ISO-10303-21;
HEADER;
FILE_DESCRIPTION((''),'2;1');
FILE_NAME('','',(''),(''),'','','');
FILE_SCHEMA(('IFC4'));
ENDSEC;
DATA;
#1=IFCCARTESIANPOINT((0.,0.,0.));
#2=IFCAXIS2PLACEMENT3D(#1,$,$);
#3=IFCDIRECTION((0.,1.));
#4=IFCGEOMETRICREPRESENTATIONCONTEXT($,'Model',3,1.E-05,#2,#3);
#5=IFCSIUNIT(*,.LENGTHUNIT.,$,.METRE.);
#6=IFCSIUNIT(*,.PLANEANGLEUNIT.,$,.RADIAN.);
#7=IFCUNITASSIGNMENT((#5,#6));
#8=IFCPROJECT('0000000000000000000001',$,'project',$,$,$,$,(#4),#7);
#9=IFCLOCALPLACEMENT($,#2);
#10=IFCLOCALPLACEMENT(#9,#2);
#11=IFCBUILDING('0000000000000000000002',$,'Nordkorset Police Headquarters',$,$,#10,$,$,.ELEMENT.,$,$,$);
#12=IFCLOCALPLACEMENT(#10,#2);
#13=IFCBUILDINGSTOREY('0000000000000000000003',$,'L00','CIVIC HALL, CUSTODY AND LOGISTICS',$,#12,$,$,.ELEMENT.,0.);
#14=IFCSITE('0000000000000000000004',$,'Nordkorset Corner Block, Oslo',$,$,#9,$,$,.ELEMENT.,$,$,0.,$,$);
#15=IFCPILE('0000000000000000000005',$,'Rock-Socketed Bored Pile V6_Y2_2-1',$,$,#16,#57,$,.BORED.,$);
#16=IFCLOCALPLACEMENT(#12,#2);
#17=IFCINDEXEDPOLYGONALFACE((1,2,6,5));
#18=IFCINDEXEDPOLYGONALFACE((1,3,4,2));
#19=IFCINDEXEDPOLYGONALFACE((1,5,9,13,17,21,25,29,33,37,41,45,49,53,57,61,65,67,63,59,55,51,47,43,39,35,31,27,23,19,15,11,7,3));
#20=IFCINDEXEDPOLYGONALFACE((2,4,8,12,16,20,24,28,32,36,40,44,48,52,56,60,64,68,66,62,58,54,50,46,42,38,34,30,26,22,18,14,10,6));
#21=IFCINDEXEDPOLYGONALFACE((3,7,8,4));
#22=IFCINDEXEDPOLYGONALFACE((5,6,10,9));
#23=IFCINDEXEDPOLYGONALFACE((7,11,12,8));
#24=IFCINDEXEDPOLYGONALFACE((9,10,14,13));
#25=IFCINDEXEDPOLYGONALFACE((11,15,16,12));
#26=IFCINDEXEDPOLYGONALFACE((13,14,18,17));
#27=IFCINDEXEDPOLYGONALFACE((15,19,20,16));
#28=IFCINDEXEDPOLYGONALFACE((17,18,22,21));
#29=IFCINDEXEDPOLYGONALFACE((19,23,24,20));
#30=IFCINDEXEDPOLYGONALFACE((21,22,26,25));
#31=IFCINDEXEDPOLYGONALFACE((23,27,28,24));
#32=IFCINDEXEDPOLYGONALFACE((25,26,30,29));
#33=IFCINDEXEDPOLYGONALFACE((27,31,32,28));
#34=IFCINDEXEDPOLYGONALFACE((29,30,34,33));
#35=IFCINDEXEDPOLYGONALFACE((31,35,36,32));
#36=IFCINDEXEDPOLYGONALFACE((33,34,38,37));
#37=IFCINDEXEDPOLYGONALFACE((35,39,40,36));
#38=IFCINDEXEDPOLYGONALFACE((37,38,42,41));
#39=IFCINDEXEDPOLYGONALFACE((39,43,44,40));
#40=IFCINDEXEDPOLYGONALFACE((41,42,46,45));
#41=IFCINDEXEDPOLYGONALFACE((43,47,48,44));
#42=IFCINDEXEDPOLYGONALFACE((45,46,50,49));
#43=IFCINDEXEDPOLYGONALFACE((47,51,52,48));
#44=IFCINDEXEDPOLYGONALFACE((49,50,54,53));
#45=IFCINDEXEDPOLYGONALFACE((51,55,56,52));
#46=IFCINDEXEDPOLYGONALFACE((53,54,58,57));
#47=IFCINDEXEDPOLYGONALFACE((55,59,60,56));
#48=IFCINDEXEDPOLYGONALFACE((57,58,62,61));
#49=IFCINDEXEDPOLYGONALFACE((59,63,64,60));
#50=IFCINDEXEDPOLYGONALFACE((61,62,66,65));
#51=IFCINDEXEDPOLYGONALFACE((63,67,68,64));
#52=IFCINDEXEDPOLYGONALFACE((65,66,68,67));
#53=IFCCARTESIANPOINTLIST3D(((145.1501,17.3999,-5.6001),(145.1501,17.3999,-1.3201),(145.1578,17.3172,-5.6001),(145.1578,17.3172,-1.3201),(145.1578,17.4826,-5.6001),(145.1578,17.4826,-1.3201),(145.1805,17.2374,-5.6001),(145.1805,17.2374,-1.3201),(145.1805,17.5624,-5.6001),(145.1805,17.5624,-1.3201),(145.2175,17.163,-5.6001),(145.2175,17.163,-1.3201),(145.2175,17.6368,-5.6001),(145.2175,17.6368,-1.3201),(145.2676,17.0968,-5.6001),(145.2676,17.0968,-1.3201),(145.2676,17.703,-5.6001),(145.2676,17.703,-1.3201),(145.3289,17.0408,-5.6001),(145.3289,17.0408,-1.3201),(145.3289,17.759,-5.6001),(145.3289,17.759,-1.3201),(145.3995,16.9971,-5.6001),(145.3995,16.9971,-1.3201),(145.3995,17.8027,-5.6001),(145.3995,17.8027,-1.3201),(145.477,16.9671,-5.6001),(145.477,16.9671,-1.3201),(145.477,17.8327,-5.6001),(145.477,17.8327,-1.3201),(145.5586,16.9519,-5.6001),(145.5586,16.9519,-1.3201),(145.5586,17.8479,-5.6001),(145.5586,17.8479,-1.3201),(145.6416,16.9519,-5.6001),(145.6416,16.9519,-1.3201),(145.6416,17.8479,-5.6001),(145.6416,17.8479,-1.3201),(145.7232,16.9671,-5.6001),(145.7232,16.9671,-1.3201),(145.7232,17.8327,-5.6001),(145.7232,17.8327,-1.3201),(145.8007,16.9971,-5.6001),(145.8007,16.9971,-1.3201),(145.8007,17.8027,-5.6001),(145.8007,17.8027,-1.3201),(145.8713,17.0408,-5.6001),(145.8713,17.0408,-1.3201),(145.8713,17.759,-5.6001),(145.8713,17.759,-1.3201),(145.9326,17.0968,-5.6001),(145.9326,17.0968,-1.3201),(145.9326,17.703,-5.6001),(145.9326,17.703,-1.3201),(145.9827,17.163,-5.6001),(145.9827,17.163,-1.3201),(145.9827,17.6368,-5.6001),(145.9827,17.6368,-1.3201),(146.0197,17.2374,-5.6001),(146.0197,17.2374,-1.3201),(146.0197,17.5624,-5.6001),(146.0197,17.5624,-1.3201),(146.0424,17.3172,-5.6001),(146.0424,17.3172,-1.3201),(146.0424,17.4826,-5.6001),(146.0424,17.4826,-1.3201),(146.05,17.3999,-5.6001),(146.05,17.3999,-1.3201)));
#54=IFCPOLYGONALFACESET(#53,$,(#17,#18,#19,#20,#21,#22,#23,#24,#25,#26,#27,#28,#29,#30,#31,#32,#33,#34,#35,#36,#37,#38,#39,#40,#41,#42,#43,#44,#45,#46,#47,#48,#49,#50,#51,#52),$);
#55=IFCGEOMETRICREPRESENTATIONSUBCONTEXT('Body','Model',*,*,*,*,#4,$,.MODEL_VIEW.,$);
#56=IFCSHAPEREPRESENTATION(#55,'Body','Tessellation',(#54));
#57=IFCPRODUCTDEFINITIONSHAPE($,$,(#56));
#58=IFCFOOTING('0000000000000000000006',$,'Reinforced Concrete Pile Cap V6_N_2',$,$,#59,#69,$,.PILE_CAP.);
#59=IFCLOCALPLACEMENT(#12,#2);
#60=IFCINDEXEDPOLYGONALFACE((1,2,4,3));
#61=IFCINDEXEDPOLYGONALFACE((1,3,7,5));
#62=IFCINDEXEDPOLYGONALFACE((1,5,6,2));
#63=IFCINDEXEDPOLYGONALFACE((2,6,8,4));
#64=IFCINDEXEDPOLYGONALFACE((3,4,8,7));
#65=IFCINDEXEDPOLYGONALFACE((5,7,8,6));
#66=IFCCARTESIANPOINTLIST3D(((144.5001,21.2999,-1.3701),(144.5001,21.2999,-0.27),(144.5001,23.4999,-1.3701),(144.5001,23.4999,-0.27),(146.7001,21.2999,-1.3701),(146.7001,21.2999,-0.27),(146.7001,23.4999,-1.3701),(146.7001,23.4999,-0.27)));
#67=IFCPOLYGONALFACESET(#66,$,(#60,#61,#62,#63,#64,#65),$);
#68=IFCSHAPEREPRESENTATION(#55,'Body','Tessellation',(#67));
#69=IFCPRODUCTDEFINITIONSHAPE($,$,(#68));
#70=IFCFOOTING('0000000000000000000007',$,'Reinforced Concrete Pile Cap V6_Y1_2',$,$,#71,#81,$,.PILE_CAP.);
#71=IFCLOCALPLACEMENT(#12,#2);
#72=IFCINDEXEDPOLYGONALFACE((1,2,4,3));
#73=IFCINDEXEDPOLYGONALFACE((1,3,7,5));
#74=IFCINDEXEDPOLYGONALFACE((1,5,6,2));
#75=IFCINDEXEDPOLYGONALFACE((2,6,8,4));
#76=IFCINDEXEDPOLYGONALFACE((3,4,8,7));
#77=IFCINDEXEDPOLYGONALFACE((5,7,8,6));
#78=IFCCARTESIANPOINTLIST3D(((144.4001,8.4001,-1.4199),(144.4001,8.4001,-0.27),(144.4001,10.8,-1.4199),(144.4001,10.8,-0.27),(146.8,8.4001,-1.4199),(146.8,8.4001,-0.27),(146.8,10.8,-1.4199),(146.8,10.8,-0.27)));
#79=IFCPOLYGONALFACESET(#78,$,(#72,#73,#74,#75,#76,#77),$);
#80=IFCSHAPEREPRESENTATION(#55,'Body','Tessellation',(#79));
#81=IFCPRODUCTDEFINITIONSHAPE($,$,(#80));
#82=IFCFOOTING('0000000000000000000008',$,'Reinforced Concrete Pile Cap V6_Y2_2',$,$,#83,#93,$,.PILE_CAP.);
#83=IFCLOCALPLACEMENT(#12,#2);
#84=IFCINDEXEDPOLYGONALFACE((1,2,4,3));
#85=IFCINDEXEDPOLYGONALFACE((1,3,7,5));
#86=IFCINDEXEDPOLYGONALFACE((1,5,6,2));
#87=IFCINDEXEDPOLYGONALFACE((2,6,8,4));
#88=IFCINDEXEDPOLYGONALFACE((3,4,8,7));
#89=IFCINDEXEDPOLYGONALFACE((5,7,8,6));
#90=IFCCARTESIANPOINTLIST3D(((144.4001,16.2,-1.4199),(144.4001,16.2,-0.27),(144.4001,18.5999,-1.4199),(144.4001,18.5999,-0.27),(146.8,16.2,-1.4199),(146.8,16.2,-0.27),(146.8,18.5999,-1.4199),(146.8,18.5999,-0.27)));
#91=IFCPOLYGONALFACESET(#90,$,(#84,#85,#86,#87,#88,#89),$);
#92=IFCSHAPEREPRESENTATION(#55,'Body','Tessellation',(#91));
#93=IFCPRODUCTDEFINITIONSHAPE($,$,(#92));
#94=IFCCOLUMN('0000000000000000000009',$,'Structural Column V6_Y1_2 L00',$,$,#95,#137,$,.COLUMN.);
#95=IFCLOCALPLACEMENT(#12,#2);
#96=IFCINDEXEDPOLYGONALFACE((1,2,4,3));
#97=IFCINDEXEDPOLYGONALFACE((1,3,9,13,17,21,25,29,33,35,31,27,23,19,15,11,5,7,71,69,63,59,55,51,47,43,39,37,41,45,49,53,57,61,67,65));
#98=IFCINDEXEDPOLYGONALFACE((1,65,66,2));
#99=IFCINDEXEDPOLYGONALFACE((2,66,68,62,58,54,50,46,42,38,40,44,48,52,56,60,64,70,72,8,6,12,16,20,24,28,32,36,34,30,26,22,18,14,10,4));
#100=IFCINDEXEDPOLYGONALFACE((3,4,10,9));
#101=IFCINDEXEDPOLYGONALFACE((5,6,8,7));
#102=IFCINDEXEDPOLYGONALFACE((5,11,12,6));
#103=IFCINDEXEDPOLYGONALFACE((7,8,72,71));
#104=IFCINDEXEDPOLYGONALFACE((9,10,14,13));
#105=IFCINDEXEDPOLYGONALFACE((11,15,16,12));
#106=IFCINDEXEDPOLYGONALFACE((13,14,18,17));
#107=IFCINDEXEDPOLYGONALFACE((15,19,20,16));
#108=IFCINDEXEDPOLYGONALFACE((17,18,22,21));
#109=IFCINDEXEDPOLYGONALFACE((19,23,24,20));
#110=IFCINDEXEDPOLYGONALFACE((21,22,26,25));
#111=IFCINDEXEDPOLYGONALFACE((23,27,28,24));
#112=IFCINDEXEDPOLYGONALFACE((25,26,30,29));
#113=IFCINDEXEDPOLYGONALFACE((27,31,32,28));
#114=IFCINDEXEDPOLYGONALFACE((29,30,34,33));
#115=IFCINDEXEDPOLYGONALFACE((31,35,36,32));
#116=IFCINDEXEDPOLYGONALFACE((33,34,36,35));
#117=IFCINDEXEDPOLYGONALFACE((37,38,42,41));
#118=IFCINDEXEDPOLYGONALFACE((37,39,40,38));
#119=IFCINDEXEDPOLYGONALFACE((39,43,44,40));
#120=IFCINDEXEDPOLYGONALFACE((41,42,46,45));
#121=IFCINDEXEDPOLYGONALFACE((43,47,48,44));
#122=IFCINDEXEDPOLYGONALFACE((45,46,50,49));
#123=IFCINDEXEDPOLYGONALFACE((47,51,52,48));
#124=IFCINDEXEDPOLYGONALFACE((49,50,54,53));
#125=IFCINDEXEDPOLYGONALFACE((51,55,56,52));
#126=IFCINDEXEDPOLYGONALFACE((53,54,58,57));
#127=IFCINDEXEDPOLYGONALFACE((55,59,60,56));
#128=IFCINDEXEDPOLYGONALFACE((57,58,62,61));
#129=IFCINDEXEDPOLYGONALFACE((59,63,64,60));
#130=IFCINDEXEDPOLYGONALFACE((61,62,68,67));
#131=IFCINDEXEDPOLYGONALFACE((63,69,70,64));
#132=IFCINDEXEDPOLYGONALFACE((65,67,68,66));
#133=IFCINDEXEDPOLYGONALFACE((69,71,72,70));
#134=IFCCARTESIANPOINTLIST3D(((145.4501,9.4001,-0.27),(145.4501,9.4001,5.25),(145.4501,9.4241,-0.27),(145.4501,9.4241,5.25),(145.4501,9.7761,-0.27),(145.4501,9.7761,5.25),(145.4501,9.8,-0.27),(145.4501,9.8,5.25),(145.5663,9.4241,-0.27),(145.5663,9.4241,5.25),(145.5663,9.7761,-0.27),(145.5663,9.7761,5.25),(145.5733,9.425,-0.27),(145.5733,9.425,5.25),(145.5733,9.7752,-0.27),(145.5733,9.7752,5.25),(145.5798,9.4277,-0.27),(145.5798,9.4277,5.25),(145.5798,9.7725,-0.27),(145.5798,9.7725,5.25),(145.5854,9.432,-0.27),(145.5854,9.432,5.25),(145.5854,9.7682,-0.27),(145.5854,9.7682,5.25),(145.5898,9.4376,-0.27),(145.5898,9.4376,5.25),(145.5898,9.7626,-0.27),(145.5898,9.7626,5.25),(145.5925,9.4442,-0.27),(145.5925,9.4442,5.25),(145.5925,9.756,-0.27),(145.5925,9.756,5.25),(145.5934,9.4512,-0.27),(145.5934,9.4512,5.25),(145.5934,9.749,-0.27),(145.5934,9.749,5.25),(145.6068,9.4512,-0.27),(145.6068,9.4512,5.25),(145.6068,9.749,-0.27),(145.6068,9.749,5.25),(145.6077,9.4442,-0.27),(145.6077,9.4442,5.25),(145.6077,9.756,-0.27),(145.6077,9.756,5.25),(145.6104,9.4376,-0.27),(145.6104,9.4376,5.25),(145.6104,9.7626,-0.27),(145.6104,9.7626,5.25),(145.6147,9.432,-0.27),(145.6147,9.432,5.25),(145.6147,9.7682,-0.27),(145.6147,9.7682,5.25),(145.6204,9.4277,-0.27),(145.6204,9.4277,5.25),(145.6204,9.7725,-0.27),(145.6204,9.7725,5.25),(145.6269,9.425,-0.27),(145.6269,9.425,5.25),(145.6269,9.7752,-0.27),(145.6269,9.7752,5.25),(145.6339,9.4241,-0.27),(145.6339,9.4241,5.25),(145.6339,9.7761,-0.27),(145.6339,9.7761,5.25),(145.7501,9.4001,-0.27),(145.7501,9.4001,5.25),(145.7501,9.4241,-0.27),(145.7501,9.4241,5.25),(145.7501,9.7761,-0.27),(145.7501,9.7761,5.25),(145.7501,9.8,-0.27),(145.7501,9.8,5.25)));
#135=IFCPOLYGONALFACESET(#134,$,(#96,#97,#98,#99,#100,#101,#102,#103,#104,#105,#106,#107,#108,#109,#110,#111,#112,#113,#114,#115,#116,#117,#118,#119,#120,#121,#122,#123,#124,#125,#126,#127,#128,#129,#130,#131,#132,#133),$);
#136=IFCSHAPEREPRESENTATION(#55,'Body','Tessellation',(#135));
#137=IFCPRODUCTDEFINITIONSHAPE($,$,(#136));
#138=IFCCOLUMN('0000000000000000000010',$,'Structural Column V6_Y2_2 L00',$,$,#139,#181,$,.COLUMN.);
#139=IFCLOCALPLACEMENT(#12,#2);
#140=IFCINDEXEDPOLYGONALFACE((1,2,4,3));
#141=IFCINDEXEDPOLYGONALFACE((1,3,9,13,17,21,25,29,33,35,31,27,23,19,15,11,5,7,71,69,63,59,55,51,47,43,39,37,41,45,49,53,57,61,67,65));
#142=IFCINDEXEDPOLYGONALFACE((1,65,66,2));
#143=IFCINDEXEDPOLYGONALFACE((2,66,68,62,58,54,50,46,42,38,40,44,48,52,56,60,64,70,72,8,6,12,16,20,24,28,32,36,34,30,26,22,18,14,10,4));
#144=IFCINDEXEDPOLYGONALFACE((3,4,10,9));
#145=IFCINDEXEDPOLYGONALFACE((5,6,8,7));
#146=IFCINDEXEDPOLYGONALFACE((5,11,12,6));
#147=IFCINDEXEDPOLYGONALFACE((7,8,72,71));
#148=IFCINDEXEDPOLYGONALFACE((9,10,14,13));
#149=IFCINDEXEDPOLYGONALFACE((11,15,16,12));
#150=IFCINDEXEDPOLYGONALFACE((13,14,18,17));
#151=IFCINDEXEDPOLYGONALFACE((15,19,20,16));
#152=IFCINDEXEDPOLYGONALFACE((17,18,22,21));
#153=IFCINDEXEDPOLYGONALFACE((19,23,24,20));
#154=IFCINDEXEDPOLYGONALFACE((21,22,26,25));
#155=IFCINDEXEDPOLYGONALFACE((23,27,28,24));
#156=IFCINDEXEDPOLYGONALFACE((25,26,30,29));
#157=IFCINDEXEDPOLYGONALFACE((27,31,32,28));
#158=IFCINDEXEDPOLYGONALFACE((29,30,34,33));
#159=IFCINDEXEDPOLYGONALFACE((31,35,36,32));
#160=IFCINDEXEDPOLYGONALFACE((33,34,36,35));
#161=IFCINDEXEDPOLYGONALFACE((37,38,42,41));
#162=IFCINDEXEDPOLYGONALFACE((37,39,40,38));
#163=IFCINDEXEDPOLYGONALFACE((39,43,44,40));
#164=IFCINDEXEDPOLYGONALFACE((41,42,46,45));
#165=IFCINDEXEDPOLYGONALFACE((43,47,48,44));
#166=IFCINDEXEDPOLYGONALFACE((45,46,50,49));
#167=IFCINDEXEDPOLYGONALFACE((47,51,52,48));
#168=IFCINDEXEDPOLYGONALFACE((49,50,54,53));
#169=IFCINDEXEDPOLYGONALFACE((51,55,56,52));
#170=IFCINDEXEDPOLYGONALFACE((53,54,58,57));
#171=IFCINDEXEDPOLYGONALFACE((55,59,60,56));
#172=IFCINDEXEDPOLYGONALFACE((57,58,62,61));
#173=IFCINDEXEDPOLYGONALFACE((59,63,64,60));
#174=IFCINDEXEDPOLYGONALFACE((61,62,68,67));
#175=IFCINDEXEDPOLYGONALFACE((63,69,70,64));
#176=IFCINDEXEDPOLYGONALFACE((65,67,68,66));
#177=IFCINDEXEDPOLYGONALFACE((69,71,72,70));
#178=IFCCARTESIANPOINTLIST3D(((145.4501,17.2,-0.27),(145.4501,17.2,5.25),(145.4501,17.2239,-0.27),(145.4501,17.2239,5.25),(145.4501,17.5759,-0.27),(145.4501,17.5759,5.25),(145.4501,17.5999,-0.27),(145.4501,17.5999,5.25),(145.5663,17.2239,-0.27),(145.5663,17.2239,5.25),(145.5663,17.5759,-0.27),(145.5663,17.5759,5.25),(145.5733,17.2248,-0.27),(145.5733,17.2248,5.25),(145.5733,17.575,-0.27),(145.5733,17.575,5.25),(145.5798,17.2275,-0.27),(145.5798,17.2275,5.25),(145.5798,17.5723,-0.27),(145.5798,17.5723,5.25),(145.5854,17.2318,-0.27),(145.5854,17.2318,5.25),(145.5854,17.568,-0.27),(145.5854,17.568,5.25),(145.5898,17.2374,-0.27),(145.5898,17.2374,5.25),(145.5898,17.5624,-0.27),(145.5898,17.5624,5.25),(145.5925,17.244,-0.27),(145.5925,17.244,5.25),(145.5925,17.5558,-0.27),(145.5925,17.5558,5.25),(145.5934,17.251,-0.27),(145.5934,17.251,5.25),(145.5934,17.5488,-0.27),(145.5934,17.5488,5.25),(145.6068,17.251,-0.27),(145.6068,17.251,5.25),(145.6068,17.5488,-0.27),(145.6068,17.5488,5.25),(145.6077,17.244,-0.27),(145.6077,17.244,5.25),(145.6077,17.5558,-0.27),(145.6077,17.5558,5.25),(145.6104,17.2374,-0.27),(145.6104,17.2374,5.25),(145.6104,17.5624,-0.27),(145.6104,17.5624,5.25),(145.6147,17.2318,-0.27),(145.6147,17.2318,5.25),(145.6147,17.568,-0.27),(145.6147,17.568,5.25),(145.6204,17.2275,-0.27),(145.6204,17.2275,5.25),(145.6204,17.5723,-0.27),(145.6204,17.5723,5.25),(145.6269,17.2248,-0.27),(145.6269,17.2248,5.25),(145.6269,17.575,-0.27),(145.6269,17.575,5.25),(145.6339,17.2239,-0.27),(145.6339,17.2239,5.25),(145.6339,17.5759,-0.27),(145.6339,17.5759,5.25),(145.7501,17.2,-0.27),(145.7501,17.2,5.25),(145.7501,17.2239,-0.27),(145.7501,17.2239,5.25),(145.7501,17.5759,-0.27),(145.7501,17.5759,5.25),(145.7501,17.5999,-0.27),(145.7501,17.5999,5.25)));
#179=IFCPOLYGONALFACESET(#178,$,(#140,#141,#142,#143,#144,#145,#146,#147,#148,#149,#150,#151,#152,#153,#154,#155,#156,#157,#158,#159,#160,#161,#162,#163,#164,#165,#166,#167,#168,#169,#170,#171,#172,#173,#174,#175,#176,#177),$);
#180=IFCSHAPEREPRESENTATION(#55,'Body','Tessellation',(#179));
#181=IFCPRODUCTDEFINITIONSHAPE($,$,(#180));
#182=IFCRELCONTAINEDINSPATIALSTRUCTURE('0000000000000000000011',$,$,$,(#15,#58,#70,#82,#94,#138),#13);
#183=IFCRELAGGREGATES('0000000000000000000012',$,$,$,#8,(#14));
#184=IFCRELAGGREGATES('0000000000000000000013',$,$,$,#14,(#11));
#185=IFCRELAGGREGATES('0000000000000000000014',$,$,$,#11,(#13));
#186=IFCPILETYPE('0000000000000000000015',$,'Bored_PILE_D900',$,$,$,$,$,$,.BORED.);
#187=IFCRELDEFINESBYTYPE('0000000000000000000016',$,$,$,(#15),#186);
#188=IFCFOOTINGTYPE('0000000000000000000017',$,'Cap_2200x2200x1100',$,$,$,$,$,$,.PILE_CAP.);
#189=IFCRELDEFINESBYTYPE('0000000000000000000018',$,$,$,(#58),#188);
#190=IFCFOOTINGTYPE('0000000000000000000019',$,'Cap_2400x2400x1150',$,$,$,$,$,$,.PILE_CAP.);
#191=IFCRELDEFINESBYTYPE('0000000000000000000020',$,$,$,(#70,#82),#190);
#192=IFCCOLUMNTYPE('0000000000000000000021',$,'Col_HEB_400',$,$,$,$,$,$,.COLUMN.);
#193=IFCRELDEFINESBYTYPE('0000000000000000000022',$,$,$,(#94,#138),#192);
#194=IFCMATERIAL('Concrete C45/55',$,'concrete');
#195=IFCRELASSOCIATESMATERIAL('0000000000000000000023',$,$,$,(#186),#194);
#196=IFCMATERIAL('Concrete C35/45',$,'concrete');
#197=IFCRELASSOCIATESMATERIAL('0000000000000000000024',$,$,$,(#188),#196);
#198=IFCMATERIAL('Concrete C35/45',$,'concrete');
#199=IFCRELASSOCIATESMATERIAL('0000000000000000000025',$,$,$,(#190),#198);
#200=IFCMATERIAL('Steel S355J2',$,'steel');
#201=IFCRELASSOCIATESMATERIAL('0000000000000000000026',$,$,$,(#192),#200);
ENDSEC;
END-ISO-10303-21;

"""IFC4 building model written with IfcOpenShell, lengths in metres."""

from ifc_helpers import new_model, si_unit, direction, frame, origin, origin_2d, place, context, subcontext, project, spatial, rectangle, circle, i_section, extrude, material, material_profile, profile_set, type_object, element, save


model = new_model("IFC4")

# Units and contexts
model_context = context("Model", 3, precision=1e-05, world=origin(), true_north=direction((0.0, 1.0)))
body_context = subcontext(model_context, "Body", "Model", "MODEL_VIEW")
ifc_project = project(units=[si_unit("LENGTHUNIT", "METRE"), si_unit("PLANEANGLEUNIT", "RADIAN")], contexts=[model_context])

# Site, building, storey
site_placement = place(None, origin())
site = spatial("IfcSite", under=ifc_project, at=site_placement, Name="Nordkorset Corner Block, Oslo", CompositionType="ELEMENT", RefElevation=0.0)
building_placement = place(site_placement, origin())
building = spatial("IfcBuilding", under=site, at=building_placement, Name="Nordkorset Police Headquarters", CompositionType="ELEMENT")
storey_placement = place(building_placement, origin())
storey = spatial("IfcBuildingStorey", under=building, at=storey_placement, Name="L00", Description="CIVIC HALL, CUSTODY AND LOGISTICS", CompositionType="ELEMENT", Elevation=0.0)

# Pile
ifc_material_1 = material(Name="Concrete C45/55", Category="concrete")
ifc_material_profile_1 = material_profile(ifc_material_1, circle(Radius=0.45, at=origin_2d()), Name="PILE D900")
ifc_profile_set_1 = profile_set([ifc_material_profile_1], Name="Concrete C45/55")
pile_type = type_object("IfcPileType", Name="Bored_PILE_D900", PredefinedType="BORED", material=ifc_profile_set_1)
for number, where, z_axis, x_axis, name in (
    (1, (145.6001, 17.3999, -1.3201), (0.0, 0.0, -1.0), (1.0, 0.0, 0.0), "Rock-Socketed Bored Pile V6_Y2_2-1"),
):
    element("IfcPile", number, at=place(storey_placement, frame(where, z_axis=z_axis, x_axis=x_axis)), inside=storey, type_object=pile_type, Name=name, PredefinedType="BORED", context=body_context, shape_type="SweptSolid", body=[
        extrude(circle(Radius=0.45, at=origin_2d()), origin(), (0.0, 0.0, 1.0), 4.28),
    ])

# Footings
ifc_material_2 = material(Name="Concrete C35/45", Category="concrete")
footing_type_1 = type_object("IfcFootingType", Name="Cap_2200x2200x1100", PredefinedType="PILE_CAP", material=ifc_material_2)
footing_placement = place(storey_placement, frame((145.6001, 22.3999, -1.3701), z_axis=(0.0, 0.0, 1.0), x_axis=(1.0, 0.0, 0.0)))
element("IfcFooting", 2, at=footing_placement, inside=storey, type_object=footing_type_1, Name="Reinforced Concrete Pile Cap V6_N_2", PredefinedType="PILE_CAP", context=body_context, shape_type="SweptSolid", body=[
    extrude(rectangle(XDim=2.2, YDim=2.2, at=origin_2d()), origin(), (0.0, 0.0, 1.0), 1.1001),
])
ifc_material_3 = material(Name="Concrete C35/45", Category="concrete")
footing_type_2 = type_object("IfcFootingType", Name="Cap_2400x2400x1150", PredefinedType="PILE_CAP", material=ifc_material_3)
for number, where, z_axis, x_axis, name in (
    (3, (145.6001, 9.6001, -1.4199), (0.0, 0.0, 1.0), (1.0, 0.0, 0.0), "Reinforced Concrete Pile Cap V6_Y1_2"),
    (4, (145.6001, 17.3999, -1.4199), (0.0, 0.0, 1.0), (1.0, 0.0, 0.0), "Reinforced Concrete Pile Cap V6_Y2_2"),
):
    element("IfcFooting", number, at=place(storey_placement, frame(where, z_axis=z_axis, x_axis=x_axis)), inside=storey, type_object=footing_type_2, Name=name, PredefinedType="PILE_CAP", context=body_context, shape_type="SweptSolid", body=[
        extrude(rectangle(XDim=2.3999, YDim=2.3999, at=origin_2d()), origin(), (0.0, 0.0, 1.0), 1.1499),
    ])

# Columns
ifc_material_4 = material(Name="Steel S355J2", Category="steel")
ifc_material_profile_2 = material_profile(ifc_material_4, i_section(OverallWidth=0.3, OverallDepth=0.3999, WebThickness=0.0134, FlangeThickness=0.0239, FilletRadius=0.0271, at=origin_2d()), Name="HEB 400")
ifc_profile_set_2 = profile_set([ifc_material_profile_2], Name="Steel S355J2")
column_type = type_object("IfcColumnType", Name="Col_HEB_400", PredefinedType="COLUMN", material=ifc_profile_set_2)
for number, where, z_axis, x_axis, name in (
    (5, (145.6001, 9.6001, -0.27), (0.0, 0.0, 1.0), (1.0, 0.0, 0.0), "Structural Column V6_Y1_2 L00"),
    (6, (145.6001, 17.3999, -0.27), (0.0, 0.0, 1.0), (1.0, 0.0, 0.0), "Structural Column V6_Y2_2 L00"),
):
    element("IfcColumn", number, at=place(storey_placement, frame(where, z_axis=z_axis, x_axis=x_axis)), inside=storey, type_object=column_type, Name=name, PredefinedType="COLUMN", context=body_context, shape_type="SweptSolid", body=[
        extrude(i_section(OverallWidth=0.3, OverallDepth=0.3999, WebThickness=0.0134, FlangeThickness=0.0239, FilletRadius=0.0271, at=origin_2d()), origin(), (0.0, 0.0, 1.0), 5.52),
    ])

save(model, "model.ifc")
